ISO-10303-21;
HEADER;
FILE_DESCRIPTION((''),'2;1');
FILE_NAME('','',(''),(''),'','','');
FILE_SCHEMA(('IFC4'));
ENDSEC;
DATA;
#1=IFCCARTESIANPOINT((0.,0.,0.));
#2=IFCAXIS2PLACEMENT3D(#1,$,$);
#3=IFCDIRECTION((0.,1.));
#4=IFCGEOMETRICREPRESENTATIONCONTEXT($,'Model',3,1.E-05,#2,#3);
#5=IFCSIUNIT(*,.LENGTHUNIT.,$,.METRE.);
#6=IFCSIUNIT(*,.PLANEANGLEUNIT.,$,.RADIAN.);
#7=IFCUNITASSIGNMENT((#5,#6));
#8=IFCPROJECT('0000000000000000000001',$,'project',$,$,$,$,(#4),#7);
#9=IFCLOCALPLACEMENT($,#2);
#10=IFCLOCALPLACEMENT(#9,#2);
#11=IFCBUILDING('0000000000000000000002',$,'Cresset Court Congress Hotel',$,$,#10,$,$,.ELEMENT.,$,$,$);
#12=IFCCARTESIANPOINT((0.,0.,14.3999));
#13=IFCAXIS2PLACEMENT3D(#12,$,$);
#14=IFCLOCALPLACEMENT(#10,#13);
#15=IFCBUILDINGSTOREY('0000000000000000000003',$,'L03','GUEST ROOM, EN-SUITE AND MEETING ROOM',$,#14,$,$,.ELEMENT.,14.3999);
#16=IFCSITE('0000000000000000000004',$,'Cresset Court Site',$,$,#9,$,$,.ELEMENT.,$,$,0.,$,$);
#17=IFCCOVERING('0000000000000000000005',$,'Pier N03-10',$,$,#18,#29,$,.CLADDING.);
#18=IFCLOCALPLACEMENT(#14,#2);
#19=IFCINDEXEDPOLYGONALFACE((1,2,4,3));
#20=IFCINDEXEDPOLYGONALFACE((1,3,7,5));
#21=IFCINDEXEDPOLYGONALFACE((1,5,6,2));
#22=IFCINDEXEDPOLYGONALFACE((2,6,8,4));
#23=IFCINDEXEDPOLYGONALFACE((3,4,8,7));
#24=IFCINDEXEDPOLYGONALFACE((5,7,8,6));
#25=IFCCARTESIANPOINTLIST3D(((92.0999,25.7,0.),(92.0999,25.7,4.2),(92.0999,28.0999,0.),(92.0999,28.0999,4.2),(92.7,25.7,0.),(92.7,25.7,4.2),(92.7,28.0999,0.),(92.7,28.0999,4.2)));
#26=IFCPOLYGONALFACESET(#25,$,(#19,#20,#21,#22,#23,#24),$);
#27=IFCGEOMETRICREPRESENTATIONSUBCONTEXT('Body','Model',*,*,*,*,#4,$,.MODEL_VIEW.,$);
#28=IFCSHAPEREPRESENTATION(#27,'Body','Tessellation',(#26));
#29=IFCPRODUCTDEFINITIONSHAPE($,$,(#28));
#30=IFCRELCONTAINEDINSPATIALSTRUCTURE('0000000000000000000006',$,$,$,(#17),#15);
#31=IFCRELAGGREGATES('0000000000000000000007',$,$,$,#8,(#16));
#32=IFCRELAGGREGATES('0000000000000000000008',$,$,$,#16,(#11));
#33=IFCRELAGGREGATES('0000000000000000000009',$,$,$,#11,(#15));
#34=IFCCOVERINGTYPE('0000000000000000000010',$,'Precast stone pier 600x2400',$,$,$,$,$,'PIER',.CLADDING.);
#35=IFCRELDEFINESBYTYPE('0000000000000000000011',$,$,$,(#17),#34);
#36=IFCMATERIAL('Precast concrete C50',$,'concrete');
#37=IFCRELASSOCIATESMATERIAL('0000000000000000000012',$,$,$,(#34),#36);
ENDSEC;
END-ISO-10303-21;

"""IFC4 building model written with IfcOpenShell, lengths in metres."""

from ifc_helpers import new_model, si_unit, direction, frame, origin, origin_2d, place, context, subcontext, project, spatial, rectangle, extrude, material, type_object, element, save


model = new_model("IFC4")

# Units and contexts
model_context = context("Model", 3, precision=1e-05, world=origin(), true_north=direction((0.0, 1.0)))
body_context = subcontext(model_context, "Body", "Model", "MODEL_VIEW")
ifc_project = project(units=[si_unit("LENGTHUNIT", "METRE"), si_unit("PLANEANGLEUNIT", "RADIAN")], contexts=[model_context])

# Site, building, storey
site_placement = place(None, origin())
site = spatial("IfcSite", under=ifc_project, at=site_placement, Name="Cresset Court Site", CompositionType="ELEMENT", RefElevation=0.0)
building_placement = place(site_placement, origin())
building = spatial("IfcBuilding", under=site, at=building_placement, Name="Cresset Court Congress Hotel", CompositionType="ELEMENT")
storey_placement = place(building_placement, frame((0.0, 0.0, 14.3999)))
storey = spatial("IfcBuildingStorey", under=building, at=storey_placement, Name="L03", Description="GUEST ROOM, EN-SUITE AND MEETING ROOM", CompositionType="ELEMENT", Elevation=14.3999)

# Covering
ifc_material_1 = material(Name="Precast concrete C50", Category="concrete")
covering_type = type_object("IfcCoveringType", Name="Precast stone pier 600x2400", ElementType="PIER", PredefinedType="CLADDING", material=ifc_material_1)
covering_placement = place(storey_placement, frame((92.3999, 26.8999, 0.0), z_axis=(0.0, 0.0, 1.0), x_axis=(1.0, 0.0, 0.0)))
element("IfcCovering", 1, at=covering_placement, inside=storey, type_object=covering_type, Name="Pier N03-10", PredefinedType="CLADDING", context=body_context, shape_type="SweptSolid", body=[
    extrude(rectangle(XDim=0.6001, YDim=2.3999, at=origin_2d()), origin(), (0.0, 0.0, 1.0), 4.2),
])

save(model, "model.ifc")
